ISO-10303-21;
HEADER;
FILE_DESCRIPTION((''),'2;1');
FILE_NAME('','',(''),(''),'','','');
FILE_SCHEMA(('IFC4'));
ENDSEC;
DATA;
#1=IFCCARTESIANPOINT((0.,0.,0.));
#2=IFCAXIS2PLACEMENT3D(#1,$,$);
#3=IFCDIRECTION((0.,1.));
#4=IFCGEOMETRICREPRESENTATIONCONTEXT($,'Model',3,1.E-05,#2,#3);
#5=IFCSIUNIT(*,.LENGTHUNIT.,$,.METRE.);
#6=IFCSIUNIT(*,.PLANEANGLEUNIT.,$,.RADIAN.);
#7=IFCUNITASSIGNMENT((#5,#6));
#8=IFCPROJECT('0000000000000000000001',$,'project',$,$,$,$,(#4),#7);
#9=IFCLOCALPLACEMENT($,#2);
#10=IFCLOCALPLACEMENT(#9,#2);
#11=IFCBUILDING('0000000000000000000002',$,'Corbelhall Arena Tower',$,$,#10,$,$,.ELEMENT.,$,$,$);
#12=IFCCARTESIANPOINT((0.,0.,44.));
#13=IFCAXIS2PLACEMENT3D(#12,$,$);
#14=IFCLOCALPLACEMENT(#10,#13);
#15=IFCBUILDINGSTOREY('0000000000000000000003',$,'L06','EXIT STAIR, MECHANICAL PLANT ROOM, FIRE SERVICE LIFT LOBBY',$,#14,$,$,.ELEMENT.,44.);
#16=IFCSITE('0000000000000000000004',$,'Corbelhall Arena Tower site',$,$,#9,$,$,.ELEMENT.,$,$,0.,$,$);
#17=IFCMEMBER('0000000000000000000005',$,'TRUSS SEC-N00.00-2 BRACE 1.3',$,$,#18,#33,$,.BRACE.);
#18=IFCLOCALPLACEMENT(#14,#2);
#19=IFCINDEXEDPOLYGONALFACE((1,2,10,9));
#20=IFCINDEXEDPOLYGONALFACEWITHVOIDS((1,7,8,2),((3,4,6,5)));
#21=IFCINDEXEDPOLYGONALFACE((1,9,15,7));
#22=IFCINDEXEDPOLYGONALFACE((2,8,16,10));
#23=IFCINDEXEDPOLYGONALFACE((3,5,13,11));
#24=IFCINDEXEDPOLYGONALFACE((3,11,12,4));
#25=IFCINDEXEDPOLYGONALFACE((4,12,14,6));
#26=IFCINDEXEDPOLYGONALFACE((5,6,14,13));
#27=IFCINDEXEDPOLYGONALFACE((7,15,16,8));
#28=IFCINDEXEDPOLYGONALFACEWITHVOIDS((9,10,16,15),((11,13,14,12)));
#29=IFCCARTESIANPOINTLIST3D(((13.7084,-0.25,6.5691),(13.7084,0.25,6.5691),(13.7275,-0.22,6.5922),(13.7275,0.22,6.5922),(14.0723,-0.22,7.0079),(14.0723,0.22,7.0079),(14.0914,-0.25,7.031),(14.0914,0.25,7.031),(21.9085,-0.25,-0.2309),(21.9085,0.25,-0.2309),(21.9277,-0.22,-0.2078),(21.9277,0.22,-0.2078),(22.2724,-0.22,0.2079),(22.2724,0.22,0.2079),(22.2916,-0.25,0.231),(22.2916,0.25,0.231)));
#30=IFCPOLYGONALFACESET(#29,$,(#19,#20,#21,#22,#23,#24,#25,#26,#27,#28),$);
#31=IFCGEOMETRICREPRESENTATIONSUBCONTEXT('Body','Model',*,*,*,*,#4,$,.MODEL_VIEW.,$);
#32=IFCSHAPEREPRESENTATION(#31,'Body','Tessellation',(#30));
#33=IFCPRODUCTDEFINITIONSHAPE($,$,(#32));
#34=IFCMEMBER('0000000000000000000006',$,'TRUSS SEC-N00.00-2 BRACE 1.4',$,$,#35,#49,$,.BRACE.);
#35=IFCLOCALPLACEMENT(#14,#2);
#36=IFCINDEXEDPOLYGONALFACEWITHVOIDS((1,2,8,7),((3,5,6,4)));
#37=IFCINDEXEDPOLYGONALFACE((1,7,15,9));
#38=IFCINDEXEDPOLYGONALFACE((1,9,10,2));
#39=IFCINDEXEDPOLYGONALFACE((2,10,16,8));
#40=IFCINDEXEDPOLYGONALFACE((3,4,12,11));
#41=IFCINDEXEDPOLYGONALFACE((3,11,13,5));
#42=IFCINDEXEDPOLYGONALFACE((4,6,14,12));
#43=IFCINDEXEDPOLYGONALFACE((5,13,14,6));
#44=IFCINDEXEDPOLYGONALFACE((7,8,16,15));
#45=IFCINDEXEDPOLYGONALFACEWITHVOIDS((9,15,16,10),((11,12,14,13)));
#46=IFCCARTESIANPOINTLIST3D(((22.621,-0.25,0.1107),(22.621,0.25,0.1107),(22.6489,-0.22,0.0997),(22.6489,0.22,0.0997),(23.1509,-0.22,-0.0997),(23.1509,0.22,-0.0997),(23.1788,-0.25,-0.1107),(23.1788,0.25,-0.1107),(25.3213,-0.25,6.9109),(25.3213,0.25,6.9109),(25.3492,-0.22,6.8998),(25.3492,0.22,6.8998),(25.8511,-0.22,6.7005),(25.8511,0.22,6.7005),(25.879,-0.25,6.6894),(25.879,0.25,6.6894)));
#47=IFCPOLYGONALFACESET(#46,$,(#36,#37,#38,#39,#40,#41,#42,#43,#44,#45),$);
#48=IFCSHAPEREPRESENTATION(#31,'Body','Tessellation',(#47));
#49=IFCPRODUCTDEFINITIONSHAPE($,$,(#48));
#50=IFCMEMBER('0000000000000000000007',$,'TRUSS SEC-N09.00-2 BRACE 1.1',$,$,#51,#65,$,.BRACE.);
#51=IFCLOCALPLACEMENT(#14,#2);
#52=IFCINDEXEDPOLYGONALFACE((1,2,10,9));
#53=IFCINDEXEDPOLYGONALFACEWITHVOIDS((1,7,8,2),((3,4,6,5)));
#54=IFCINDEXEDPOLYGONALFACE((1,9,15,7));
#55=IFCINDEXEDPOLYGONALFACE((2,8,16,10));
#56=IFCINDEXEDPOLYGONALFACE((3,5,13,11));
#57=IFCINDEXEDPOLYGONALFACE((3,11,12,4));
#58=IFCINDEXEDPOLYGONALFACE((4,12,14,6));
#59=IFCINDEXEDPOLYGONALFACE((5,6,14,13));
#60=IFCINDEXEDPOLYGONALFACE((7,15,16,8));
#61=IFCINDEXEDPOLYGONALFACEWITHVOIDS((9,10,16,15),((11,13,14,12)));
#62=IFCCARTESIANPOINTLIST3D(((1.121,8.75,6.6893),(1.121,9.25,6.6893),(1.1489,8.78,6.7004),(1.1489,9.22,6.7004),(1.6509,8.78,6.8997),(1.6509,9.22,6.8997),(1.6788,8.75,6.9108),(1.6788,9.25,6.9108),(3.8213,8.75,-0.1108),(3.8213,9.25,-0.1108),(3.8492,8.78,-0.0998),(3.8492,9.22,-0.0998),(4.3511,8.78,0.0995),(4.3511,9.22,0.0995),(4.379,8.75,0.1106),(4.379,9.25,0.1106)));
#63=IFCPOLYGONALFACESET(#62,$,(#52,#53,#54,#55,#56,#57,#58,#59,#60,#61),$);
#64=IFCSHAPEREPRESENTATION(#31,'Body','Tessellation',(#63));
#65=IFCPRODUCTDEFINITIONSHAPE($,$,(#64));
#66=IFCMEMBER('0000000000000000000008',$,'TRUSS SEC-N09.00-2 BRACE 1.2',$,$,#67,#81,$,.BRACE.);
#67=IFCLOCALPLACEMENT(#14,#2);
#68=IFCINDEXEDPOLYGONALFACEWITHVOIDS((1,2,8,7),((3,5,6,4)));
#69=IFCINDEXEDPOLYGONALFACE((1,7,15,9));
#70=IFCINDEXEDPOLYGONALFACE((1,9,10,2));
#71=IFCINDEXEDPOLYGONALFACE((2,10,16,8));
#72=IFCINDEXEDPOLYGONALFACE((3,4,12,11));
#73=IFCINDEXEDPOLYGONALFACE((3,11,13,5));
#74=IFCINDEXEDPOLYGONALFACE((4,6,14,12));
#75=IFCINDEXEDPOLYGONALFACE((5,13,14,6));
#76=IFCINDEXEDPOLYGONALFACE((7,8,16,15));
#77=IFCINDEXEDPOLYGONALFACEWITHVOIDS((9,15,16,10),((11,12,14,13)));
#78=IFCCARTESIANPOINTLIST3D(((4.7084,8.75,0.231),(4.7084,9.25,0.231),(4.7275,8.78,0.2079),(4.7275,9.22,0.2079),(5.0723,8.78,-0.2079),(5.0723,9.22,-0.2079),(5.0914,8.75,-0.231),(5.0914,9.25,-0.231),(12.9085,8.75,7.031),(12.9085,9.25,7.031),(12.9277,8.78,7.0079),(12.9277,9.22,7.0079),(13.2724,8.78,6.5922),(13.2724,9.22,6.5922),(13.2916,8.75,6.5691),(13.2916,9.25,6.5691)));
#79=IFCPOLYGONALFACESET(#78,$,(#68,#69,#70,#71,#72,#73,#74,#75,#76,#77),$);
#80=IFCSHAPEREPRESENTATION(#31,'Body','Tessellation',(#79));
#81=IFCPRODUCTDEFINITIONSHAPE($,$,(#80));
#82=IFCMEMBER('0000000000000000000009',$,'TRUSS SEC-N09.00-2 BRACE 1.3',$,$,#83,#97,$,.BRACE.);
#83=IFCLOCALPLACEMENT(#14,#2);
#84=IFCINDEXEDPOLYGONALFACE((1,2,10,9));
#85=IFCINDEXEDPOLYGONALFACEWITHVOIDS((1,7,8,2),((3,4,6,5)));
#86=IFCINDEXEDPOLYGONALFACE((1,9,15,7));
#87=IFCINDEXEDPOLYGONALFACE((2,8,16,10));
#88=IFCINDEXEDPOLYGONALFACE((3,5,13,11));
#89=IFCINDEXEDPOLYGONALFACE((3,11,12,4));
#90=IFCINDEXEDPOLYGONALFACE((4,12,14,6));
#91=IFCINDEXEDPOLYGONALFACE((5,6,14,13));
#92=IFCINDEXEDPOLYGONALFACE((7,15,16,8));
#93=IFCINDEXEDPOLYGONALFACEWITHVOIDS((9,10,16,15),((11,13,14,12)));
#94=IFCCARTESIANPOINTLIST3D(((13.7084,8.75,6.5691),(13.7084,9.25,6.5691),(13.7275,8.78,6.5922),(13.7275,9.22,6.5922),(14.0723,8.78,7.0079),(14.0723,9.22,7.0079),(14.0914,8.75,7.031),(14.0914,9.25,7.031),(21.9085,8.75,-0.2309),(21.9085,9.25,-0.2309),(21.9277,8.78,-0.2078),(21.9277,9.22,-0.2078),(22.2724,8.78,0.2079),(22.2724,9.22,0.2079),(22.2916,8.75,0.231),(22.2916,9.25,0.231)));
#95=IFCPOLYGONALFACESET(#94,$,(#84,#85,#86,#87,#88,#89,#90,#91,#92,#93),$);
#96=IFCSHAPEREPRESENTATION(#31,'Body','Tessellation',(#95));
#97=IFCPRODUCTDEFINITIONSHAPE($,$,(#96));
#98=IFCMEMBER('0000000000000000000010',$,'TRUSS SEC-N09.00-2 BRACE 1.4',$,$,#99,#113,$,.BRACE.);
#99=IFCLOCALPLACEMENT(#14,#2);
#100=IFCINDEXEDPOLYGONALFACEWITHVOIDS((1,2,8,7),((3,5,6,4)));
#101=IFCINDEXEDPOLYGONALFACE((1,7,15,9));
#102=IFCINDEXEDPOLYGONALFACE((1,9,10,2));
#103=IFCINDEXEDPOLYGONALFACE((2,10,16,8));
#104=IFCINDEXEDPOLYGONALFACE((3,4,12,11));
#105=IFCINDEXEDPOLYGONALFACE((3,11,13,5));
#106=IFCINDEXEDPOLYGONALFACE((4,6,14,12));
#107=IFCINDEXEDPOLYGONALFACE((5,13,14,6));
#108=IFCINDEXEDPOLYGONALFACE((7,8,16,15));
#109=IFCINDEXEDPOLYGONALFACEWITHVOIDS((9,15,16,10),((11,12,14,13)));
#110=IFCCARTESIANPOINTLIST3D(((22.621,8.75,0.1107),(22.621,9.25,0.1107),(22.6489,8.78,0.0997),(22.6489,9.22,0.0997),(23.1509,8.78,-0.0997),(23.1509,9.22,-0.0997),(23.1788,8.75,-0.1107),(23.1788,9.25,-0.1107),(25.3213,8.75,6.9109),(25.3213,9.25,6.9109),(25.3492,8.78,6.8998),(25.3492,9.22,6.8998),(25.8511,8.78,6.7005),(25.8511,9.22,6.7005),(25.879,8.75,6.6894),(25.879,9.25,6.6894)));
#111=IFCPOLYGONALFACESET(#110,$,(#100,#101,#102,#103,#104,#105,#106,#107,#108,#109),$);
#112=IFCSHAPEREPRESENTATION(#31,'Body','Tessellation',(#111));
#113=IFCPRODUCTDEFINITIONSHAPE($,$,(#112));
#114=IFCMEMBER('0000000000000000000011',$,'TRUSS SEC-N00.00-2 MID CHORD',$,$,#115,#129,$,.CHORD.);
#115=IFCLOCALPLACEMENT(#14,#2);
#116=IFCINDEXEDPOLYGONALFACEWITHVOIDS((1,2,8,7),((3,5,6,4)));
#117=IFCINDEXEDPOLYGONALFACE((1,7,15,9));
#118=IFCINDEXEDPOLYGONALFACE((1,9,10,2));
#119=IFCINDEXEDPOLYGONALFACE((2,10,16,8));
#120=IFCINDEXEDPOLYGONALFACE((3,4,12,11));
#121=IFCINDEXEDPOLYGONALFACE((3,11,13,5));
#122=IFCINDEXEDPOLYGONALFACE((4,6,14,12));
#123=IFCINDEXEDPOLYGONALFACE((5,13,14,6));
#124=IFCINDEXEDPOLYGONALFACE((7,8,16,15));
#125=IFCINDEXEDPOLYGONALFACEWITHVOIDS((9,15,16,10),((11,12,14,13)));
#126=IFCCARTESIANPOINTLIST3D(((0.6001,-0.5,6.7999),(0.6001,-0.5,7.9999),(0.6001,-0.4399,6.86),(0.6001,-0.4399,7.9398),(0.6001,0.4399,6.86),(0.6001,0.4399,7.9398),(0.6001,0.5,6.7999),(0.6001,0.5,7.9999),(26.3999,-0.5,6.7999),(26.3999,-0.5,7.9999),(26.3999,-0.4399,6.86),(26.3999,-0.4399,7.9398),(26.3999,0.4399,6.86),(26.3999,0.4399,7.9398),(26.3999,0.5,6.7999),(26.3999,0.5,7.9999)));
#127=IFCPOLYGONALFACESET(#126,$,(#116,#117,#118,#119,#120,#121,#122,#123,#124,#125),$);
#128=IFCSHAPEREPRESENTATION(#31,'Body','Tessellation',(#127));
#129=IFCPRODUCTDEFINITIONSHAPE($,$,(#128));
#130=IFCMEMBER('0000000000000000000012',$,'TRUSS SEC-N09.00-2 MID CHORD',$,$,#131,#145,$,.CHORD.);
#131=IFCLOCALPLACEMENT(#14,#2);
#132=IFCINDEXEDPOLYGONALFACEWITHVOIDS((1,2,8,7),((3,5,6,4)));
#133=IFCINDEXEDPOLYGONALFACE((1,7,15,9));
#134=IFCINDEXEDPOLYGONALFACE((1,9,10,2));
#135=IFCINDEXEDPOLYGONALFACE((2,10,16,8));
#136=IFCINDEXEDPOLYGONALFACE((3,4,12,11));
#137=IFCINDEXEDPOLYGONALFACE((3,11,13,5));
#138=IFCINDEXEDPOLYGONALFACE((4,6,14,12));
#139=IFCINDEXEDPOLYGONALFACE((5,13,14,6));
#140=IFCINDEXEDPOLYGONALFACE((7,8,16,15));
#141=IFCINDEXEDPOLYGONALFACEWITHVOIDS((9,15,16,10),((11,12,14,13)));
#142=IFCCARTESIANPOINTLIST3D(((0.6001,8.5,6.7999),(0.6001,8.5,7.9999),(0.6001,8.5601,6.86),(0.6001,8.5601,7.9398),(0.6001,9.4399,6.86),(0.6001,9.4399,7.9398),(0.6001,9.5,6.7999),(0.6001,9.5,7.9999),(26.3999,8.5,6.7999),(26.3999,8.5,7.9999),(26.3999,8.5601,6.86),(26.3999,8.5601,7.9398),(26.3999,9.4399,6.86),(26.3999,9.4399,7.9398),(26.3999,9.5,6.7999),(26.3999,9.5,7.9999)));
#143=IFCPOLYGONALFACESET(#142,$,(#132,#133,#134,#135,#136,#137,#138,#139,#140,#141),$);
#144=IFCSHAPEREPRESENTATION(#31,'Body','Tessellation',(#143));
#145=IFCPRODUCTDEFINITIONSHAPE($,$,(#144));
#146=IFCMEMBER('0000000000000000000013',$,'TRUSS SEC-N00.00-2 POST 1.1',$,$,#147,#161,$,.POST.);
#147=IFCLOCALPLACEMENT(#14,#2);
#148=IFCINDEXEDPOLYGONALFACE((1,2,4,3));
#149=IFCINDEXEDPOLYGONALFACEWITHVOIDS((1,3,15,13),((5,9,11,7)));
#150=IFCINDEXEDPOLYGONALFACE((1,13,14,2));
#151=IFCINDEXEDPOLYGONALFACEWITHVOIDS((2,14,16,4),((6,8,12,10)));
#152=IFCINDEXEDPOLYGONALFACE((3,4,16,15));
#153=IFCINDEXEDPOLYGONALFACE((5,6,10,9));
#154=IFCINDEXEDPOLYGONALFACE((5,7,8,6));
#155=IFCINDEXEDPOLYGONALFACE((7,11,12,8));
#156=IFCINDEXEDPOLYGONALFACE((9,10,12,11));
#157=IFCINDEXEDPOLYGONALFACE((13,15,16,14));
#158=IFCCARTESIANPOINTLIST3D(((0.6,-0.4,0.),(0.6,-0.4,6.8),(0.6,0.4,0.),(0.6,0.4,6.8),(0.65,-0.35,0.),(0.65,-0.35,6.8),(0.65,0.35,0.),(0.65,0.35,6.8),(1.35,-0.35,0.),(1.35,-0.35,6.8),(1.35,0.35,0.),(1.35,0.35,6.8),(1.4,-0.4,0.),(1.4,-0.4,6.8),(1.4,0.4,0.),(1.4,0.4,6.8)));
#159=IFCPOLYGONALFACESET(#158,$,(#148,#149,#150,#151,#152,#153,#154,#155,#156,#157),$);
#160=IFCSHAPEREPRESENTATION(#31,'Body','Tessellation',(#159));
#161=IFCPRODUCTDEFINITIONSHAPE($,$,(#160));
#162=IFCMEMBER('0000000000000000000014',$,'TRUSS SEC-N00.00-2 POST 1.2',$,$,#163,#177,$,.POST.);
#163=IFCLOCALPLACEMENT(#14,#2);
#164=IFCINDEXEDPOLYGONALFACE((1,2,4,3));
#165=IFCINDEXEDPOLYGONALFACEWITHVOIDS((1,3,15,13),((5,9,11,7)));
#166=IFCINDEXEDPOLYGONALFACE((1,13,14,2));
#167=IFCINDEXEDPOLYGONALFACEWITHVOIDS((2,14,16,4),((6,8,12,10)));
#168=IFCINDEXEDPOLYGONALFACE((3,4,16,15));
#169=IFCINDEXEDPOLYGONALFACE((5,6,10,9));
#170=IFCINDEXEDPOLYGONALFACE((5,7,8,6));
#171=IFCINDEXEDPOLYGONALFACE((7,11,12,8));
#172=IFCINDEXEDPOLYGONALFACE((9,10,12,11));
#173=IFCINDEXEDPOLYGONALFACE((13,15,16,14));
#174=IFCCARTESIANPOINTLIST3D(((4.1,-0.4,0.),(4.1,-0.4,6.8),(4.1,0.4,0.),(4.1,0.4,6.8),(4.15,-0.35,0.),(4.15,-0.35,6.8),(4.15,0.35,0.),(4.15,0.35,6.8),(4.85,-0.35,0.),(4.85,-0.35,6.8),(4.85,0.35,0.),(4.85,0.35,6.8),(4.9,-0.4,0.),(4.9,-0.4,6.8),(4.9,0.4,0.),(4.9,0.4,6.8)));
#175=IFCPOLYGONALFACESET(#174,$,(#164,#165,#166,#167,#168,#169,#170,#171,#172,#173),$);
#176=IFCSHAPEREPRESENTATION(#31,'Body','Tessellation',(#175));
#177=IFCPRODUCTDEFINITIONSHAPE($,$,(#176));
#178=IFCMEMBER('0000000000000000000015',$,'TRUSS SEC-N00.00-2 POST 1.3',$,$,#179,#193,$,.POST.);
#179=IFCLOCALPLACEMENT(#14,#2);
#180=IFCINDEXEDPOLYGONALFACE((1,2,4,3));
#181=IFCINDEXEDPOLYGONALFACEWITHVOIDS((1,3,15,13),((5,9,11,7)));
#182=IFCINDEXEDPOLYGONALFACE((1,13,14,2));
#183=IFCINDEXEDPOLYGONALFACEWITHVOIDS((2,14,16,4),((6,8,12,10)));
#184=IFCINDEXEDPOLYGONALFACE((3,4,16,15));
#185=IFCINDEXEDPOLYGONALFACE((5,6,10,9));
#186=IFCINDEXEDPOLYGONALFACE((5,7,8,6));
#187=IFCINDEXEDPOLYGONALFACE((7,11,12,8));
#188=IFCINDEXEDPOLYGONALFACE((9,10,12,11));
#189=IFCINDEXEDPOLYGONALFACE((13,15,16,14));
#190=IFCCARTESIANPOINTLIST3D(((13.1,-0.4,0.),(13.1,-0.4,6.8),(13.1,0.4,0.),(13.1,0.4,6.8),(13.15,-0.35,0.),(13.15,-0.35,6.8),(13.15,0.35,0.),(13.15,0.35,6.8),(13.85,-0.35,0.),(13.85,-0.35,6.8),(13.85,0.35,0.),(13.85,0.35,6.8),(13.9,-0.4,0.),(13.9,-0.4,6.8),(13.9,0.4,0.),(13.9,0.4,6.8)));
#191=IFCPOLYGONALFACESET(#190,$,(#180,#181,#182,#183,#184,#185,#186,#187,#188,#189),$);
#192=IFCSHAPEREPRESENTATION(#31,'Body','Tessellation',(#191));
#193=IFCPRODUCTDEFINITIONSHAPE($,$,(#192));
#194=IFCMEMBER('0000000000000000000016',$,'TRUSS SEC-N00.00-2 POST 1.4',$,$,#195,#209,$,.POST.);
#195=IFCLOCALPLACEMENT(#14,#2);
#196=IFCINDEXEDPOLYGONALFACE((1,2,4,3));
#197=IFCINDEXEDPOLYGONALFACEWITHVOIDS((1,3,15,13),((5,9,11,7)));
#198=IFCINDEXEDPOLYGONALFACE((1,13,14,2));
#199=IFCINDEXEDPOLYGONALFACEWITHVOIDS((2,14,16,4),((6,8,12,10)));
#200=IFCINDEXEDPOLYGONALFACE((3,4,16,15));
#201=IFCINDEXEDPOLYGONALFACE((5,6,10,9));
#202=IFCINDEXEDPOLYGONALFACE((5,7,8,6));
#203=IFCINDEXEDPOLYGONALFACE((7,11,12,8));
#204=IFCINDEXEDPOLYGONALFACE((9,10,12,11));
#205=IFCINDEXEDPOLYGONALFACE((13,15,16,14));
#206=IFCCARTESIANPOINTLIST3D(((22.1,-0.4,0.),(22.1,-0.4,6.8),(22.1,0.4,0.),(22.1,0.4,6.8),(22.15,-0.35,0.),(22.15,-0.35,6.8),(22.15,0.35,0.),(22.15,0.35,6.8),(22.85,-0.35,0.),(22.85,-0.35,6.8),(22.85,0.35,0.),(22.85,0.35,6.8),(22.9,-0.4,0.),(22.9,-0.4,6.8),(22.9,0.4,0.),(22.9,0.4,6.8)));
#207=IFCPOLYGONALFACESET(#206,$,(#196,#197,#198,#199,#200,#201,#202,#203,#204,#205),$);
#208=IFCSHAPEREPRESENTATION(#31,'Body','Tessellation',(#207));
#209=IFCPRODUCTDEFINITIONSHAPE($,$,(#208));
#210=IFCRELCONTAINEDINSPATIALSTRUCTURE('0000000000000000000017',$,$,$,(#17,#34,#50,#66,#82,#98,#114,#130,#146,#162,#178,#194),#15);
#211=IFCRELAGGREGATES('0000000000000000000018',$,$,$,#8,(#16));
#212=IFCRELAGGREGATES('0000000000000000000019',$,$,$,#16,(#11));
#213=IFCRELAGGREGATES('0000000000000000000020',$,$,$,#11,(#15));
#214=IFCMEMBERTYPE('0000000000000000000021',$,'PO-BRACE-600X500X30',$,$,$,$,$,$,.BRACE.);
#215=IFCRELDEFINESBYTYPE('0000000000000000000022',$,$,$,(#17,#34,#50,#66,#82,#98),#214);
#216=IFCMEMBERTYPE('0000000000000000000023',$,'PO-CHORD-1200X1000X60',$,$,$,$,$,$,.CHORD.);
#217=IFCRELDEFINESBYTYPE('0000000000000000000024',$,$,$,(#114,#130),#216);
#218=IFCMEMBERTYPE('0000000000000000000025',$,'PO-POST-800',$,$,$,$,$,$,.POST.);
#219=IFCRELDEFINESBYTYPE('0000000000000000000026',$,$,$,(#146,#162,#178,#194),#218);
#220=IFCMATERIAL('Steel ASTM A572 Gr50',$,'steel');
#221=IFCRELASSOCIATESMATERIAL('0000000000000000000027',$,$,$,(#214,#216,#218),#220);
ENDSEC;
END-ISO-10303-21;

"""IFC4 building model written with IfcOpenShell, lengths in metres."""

from ifc_helpers import new_model, si_unit, direction, frame, origin, origin_2d, place, context, subcontext, project, spatial, hollow_rectangle, extrude, material, material_profile, profile_set, type_object, element, save


model = new_model("IFC4")

# Units and contexts
model_context = context("Model", 3, precision=1e-05, world=origin(), true_north=direction((0.0, 1.0)))
body_context = subcontext(model_context, "Body", "Model", "MODEL_VIEW")
ifc_project = project(units=[si_unit("LENGTHUNIT", "METRE"), si_unit("PLANEANGLEUNIT", "RADIAN")], contexts=[model_context])

# Site, building, storey
site_placement = place(None, origin())
site = spatial("IfcSite", under=ifc_project, at=site_placement, Name="Corbelhall Arena Tower site", CompositionType="ELEMENT", RefElevation=0.0)
building_placement = place(site_placement, origin())
building = spatial("IfcBuilding", under=site, at=building_placement, Name="Corbelhall Arena Tower", CompositionType="ELEMENT")
storey_placement = place(building_placement, frame((0.0, 0.0, 44.0)))
storey = spatial("IfcBuildingStorey", under=building, at=storey_placement, Name="L06", Description="EXIT STAIR, MECHANICAL PLANT ROOM, FIRE SERVICE LIFT LOBBY", CompositionType="ELEMENT", Elevation=44.0)

# Members
ifc_material_1 = material(Name="Steel ASTM A572 Gr50", Category="steel")
ifc_material_profile_1 = material_profile(ifc_material_1, hollow_rectangle(XDim=0.5, YDim=0.6001, WallThickness=0.03, at=origin_2d()))
ifc_profile_set_1 = profile_set([ifc_material_profile_1], Name="Steel ASTM A572 Gr50")
member_type_1 = type_object("IfcMemberType", Name="PO-BRACE-600X500X30", PredefinedType="BRACE", material=ifc_profile_set_1)
for number, where, z_axis, x_axis, name in (
    (1, (13.8999, 0.0, 6.8), (0.769763, 0.0, -0.63833), (0.0, 1.0, 0.0), "TRUSS SEC-N00.00-2 BRACE 1.3"),
):
    element("IfcMember", number, at=place(storey_placement, frame(where, z_axis=z_axis, x_axis=x_axis)), inside=storey, type_object=member_type_1, Name=name, PredefinedType="BRACE", context=body_context, shape_type="SweptSolid", body=[
        extrude(hollow_rectangle(XDim=0.5, YDim=0.6001, WallThickness=0.03, at=origin_2d()), origin(), (0.0, 0.0, 1.0), 10.6528),
    ])
for number, where, z_axis, x_axis, name in (
    (2, (22.8999, 0.0, 0.0), (0.369054, 0.0, 0.929408), (0.0, 1.0, 0.0), "TRUSS SEC-N00.00-2 BRACE 1.4"),
    (3, (1.3999, 9.0, 6.8), (0.369054, 0.0, -0.929408), (0.0, 1.0, 0.0), "TRUSS SEC-N09.00-2 BRACE 1.1"),
):
    element("IfcMember", number, at=place(storey_placement, frame(where, z_axis=z_axis, x_axis=x_axis)), inside=storey, type_object=member_type_1, Name=name, PredefinedType="BRACE", context=body_context, shape_type="SweptSolid", body=[
        extrude(hollow_rectangle(XDim=0.5, YDim=0.6001, WallThickness=0.03, at=origin_2d()), origin(), (0.0, 0.0, 1.0), 7.3167),
    ])
for number, where, z_axis, x_axis, name in (
    (4, (4.8999, 9.0, 0.0), (0.769763, 0.0, 0.63833), (0.0, 1.0, 0.0), "TRUSS SEC-N09.00-2 BRACE 1.2"),
    (5, (13.8999, 9.0, 6.8), (0.769763, 0.0, -0.63833), (0.0, 1.0, 0.0), "TRUSS SEC-N09.00-2 BRACE 1.3"),
):
    element("IfcMember", number, at=place(storey_placement, frame(where, z_axis=z_axis, x_axis=x_axis)), inside=storey, type_object=member_type_1, Name=name, PredefinedType="BRACE", context=body_context, shape_type="SweptSolid", body=[
        extrude(hollow_rectangle(XDim=0.5, YDim=0.6001, WallThickness=0.03, at=origin_2d()), origin(), (0.0, 0.0, 1.0), 10.6528),
    ])
member_1_placement = place(storey_placement, frame((22.8999, 9.0, 0.0), z_axis=(0.369054, 0.0, 0.929408), x_axis=(0.0, 1.0, 0.0)))
element("IfcMember", 6, at=member_1_placement, inside=storey, type_object=member_type_1, Name="TRUSS SEC-N09.00-2 BRACE 1.4", PredefinedType="BRACE", context=body_context, shape_type="SweptSolid", body=[
    extrude(hollow_rectangle(XDim=0.5, YDim=0.6001, WallThickness=0.03, at=origin_2d()), origin(), (0.0, 0.0, 1.0), 7.3167),
])
ifc_material_profile_2 = material_profile(ifc_material_1, hollow_rectangle(XDim=1.0, YDim=1.2, WallThickness=0.0601, at=origin_2d()))
ifc_profile_set_2 = profile_set([ifc_material_profile_2], Name="Steel ASTM A572 Gr50")
member_type_2 = type_object("IfcMemberType", Name="PO-CHORD-1200X1000X60", PredefinedType="CHORD", material=ifc_profile_set_2)
for number, where, z_axis, x_axis, name in (
    (7, (0.6001, 0.0, 7.3999), (1.0, 0.0, 0.0), (0.0, 1.0, 0.0), "TRUSS SEC-N00.00-2 MID CHORD"),
    (8, (0.6001, 9.0, 7.3999), (1.0, 0.0, 0.0), (0.0, 1.0, 0.0), "TRUSS SEC-N09.00-2 MID CHORD"),
):
    element("IfcMember", number, at=place(storey_placement, frame(where, z_axis=z_axis, x_axis=x_axis)), inside=storey, type_object=member_type_2, Name=name, PredefinedType="CHORD", context=body_context, shape_type="SweptSolid", body=[
        extrude(hollow_rectangle(XDim=1.0, YDim=1.2, WallThickness=0.0601, at=origin_2d()), origin(), (0.0, 0.0, 1.0), 25.7998),
    ])
ifc_material_profile_3 = material_profile(ifc_material_1, hollow_rectangle(XDim=0.8, YDim=0.8, WallThickness=0.05, at=origin_2d()))
ifc_profile_set_3 = profile_set([ifc_material_profile_3], Name="Steel ASTM A572 Gr50")
member_type_3 = type_object("IfcMemberType", Name="PO-POST-800", PredefinedType="POST", material=ifc_profile_set_3)
for number, where, z_axis, x_axis, name in (
    (9, (1.0, 0.0, 0.0), (0.0, 0.0, 1.0), (1.0, 0.0, 0.0), "TRUSS SEC-N00.00-2 POST 1.1"),
    (10, (4.5, 0.0, 0.0), (0.0, 0.0, 1.0), (1.0, 0.0, 0.0), "TRUSS SEC-N00.00-2 POST 1.2"),
    (11, (13.5, 0.0, 0.0), (0.0, 0.0, 1.0), (1.0, 0.0, 0.0), "TRUSS SEC-N00.00-2 POST 1.3"),
    (12, (22.5, 0.0, 0.0), (0.0, 0.0, 1.0), (1.0, 0.0, 0.0), "TRUSS SEC-N00.00-2 POST 1.4"),
):
    element("IfcMember", number, at=place(storey_placement, frame(where, z_axis=z_axis, x_axis=x_axis)), inside=storey, type_object=member_type_3, Name=name, PredefinedType="POST", context=body_context, shape_type="SweptSolid", body=[
        extrude(hollow_rectangle(XDim=0.8, YDim=0.8, WallThickness=0.05, at=origin_2d()), origin(), (0.0, 0.0, 1.0), 6.8),
    ])

save(model, "model.ifc")
